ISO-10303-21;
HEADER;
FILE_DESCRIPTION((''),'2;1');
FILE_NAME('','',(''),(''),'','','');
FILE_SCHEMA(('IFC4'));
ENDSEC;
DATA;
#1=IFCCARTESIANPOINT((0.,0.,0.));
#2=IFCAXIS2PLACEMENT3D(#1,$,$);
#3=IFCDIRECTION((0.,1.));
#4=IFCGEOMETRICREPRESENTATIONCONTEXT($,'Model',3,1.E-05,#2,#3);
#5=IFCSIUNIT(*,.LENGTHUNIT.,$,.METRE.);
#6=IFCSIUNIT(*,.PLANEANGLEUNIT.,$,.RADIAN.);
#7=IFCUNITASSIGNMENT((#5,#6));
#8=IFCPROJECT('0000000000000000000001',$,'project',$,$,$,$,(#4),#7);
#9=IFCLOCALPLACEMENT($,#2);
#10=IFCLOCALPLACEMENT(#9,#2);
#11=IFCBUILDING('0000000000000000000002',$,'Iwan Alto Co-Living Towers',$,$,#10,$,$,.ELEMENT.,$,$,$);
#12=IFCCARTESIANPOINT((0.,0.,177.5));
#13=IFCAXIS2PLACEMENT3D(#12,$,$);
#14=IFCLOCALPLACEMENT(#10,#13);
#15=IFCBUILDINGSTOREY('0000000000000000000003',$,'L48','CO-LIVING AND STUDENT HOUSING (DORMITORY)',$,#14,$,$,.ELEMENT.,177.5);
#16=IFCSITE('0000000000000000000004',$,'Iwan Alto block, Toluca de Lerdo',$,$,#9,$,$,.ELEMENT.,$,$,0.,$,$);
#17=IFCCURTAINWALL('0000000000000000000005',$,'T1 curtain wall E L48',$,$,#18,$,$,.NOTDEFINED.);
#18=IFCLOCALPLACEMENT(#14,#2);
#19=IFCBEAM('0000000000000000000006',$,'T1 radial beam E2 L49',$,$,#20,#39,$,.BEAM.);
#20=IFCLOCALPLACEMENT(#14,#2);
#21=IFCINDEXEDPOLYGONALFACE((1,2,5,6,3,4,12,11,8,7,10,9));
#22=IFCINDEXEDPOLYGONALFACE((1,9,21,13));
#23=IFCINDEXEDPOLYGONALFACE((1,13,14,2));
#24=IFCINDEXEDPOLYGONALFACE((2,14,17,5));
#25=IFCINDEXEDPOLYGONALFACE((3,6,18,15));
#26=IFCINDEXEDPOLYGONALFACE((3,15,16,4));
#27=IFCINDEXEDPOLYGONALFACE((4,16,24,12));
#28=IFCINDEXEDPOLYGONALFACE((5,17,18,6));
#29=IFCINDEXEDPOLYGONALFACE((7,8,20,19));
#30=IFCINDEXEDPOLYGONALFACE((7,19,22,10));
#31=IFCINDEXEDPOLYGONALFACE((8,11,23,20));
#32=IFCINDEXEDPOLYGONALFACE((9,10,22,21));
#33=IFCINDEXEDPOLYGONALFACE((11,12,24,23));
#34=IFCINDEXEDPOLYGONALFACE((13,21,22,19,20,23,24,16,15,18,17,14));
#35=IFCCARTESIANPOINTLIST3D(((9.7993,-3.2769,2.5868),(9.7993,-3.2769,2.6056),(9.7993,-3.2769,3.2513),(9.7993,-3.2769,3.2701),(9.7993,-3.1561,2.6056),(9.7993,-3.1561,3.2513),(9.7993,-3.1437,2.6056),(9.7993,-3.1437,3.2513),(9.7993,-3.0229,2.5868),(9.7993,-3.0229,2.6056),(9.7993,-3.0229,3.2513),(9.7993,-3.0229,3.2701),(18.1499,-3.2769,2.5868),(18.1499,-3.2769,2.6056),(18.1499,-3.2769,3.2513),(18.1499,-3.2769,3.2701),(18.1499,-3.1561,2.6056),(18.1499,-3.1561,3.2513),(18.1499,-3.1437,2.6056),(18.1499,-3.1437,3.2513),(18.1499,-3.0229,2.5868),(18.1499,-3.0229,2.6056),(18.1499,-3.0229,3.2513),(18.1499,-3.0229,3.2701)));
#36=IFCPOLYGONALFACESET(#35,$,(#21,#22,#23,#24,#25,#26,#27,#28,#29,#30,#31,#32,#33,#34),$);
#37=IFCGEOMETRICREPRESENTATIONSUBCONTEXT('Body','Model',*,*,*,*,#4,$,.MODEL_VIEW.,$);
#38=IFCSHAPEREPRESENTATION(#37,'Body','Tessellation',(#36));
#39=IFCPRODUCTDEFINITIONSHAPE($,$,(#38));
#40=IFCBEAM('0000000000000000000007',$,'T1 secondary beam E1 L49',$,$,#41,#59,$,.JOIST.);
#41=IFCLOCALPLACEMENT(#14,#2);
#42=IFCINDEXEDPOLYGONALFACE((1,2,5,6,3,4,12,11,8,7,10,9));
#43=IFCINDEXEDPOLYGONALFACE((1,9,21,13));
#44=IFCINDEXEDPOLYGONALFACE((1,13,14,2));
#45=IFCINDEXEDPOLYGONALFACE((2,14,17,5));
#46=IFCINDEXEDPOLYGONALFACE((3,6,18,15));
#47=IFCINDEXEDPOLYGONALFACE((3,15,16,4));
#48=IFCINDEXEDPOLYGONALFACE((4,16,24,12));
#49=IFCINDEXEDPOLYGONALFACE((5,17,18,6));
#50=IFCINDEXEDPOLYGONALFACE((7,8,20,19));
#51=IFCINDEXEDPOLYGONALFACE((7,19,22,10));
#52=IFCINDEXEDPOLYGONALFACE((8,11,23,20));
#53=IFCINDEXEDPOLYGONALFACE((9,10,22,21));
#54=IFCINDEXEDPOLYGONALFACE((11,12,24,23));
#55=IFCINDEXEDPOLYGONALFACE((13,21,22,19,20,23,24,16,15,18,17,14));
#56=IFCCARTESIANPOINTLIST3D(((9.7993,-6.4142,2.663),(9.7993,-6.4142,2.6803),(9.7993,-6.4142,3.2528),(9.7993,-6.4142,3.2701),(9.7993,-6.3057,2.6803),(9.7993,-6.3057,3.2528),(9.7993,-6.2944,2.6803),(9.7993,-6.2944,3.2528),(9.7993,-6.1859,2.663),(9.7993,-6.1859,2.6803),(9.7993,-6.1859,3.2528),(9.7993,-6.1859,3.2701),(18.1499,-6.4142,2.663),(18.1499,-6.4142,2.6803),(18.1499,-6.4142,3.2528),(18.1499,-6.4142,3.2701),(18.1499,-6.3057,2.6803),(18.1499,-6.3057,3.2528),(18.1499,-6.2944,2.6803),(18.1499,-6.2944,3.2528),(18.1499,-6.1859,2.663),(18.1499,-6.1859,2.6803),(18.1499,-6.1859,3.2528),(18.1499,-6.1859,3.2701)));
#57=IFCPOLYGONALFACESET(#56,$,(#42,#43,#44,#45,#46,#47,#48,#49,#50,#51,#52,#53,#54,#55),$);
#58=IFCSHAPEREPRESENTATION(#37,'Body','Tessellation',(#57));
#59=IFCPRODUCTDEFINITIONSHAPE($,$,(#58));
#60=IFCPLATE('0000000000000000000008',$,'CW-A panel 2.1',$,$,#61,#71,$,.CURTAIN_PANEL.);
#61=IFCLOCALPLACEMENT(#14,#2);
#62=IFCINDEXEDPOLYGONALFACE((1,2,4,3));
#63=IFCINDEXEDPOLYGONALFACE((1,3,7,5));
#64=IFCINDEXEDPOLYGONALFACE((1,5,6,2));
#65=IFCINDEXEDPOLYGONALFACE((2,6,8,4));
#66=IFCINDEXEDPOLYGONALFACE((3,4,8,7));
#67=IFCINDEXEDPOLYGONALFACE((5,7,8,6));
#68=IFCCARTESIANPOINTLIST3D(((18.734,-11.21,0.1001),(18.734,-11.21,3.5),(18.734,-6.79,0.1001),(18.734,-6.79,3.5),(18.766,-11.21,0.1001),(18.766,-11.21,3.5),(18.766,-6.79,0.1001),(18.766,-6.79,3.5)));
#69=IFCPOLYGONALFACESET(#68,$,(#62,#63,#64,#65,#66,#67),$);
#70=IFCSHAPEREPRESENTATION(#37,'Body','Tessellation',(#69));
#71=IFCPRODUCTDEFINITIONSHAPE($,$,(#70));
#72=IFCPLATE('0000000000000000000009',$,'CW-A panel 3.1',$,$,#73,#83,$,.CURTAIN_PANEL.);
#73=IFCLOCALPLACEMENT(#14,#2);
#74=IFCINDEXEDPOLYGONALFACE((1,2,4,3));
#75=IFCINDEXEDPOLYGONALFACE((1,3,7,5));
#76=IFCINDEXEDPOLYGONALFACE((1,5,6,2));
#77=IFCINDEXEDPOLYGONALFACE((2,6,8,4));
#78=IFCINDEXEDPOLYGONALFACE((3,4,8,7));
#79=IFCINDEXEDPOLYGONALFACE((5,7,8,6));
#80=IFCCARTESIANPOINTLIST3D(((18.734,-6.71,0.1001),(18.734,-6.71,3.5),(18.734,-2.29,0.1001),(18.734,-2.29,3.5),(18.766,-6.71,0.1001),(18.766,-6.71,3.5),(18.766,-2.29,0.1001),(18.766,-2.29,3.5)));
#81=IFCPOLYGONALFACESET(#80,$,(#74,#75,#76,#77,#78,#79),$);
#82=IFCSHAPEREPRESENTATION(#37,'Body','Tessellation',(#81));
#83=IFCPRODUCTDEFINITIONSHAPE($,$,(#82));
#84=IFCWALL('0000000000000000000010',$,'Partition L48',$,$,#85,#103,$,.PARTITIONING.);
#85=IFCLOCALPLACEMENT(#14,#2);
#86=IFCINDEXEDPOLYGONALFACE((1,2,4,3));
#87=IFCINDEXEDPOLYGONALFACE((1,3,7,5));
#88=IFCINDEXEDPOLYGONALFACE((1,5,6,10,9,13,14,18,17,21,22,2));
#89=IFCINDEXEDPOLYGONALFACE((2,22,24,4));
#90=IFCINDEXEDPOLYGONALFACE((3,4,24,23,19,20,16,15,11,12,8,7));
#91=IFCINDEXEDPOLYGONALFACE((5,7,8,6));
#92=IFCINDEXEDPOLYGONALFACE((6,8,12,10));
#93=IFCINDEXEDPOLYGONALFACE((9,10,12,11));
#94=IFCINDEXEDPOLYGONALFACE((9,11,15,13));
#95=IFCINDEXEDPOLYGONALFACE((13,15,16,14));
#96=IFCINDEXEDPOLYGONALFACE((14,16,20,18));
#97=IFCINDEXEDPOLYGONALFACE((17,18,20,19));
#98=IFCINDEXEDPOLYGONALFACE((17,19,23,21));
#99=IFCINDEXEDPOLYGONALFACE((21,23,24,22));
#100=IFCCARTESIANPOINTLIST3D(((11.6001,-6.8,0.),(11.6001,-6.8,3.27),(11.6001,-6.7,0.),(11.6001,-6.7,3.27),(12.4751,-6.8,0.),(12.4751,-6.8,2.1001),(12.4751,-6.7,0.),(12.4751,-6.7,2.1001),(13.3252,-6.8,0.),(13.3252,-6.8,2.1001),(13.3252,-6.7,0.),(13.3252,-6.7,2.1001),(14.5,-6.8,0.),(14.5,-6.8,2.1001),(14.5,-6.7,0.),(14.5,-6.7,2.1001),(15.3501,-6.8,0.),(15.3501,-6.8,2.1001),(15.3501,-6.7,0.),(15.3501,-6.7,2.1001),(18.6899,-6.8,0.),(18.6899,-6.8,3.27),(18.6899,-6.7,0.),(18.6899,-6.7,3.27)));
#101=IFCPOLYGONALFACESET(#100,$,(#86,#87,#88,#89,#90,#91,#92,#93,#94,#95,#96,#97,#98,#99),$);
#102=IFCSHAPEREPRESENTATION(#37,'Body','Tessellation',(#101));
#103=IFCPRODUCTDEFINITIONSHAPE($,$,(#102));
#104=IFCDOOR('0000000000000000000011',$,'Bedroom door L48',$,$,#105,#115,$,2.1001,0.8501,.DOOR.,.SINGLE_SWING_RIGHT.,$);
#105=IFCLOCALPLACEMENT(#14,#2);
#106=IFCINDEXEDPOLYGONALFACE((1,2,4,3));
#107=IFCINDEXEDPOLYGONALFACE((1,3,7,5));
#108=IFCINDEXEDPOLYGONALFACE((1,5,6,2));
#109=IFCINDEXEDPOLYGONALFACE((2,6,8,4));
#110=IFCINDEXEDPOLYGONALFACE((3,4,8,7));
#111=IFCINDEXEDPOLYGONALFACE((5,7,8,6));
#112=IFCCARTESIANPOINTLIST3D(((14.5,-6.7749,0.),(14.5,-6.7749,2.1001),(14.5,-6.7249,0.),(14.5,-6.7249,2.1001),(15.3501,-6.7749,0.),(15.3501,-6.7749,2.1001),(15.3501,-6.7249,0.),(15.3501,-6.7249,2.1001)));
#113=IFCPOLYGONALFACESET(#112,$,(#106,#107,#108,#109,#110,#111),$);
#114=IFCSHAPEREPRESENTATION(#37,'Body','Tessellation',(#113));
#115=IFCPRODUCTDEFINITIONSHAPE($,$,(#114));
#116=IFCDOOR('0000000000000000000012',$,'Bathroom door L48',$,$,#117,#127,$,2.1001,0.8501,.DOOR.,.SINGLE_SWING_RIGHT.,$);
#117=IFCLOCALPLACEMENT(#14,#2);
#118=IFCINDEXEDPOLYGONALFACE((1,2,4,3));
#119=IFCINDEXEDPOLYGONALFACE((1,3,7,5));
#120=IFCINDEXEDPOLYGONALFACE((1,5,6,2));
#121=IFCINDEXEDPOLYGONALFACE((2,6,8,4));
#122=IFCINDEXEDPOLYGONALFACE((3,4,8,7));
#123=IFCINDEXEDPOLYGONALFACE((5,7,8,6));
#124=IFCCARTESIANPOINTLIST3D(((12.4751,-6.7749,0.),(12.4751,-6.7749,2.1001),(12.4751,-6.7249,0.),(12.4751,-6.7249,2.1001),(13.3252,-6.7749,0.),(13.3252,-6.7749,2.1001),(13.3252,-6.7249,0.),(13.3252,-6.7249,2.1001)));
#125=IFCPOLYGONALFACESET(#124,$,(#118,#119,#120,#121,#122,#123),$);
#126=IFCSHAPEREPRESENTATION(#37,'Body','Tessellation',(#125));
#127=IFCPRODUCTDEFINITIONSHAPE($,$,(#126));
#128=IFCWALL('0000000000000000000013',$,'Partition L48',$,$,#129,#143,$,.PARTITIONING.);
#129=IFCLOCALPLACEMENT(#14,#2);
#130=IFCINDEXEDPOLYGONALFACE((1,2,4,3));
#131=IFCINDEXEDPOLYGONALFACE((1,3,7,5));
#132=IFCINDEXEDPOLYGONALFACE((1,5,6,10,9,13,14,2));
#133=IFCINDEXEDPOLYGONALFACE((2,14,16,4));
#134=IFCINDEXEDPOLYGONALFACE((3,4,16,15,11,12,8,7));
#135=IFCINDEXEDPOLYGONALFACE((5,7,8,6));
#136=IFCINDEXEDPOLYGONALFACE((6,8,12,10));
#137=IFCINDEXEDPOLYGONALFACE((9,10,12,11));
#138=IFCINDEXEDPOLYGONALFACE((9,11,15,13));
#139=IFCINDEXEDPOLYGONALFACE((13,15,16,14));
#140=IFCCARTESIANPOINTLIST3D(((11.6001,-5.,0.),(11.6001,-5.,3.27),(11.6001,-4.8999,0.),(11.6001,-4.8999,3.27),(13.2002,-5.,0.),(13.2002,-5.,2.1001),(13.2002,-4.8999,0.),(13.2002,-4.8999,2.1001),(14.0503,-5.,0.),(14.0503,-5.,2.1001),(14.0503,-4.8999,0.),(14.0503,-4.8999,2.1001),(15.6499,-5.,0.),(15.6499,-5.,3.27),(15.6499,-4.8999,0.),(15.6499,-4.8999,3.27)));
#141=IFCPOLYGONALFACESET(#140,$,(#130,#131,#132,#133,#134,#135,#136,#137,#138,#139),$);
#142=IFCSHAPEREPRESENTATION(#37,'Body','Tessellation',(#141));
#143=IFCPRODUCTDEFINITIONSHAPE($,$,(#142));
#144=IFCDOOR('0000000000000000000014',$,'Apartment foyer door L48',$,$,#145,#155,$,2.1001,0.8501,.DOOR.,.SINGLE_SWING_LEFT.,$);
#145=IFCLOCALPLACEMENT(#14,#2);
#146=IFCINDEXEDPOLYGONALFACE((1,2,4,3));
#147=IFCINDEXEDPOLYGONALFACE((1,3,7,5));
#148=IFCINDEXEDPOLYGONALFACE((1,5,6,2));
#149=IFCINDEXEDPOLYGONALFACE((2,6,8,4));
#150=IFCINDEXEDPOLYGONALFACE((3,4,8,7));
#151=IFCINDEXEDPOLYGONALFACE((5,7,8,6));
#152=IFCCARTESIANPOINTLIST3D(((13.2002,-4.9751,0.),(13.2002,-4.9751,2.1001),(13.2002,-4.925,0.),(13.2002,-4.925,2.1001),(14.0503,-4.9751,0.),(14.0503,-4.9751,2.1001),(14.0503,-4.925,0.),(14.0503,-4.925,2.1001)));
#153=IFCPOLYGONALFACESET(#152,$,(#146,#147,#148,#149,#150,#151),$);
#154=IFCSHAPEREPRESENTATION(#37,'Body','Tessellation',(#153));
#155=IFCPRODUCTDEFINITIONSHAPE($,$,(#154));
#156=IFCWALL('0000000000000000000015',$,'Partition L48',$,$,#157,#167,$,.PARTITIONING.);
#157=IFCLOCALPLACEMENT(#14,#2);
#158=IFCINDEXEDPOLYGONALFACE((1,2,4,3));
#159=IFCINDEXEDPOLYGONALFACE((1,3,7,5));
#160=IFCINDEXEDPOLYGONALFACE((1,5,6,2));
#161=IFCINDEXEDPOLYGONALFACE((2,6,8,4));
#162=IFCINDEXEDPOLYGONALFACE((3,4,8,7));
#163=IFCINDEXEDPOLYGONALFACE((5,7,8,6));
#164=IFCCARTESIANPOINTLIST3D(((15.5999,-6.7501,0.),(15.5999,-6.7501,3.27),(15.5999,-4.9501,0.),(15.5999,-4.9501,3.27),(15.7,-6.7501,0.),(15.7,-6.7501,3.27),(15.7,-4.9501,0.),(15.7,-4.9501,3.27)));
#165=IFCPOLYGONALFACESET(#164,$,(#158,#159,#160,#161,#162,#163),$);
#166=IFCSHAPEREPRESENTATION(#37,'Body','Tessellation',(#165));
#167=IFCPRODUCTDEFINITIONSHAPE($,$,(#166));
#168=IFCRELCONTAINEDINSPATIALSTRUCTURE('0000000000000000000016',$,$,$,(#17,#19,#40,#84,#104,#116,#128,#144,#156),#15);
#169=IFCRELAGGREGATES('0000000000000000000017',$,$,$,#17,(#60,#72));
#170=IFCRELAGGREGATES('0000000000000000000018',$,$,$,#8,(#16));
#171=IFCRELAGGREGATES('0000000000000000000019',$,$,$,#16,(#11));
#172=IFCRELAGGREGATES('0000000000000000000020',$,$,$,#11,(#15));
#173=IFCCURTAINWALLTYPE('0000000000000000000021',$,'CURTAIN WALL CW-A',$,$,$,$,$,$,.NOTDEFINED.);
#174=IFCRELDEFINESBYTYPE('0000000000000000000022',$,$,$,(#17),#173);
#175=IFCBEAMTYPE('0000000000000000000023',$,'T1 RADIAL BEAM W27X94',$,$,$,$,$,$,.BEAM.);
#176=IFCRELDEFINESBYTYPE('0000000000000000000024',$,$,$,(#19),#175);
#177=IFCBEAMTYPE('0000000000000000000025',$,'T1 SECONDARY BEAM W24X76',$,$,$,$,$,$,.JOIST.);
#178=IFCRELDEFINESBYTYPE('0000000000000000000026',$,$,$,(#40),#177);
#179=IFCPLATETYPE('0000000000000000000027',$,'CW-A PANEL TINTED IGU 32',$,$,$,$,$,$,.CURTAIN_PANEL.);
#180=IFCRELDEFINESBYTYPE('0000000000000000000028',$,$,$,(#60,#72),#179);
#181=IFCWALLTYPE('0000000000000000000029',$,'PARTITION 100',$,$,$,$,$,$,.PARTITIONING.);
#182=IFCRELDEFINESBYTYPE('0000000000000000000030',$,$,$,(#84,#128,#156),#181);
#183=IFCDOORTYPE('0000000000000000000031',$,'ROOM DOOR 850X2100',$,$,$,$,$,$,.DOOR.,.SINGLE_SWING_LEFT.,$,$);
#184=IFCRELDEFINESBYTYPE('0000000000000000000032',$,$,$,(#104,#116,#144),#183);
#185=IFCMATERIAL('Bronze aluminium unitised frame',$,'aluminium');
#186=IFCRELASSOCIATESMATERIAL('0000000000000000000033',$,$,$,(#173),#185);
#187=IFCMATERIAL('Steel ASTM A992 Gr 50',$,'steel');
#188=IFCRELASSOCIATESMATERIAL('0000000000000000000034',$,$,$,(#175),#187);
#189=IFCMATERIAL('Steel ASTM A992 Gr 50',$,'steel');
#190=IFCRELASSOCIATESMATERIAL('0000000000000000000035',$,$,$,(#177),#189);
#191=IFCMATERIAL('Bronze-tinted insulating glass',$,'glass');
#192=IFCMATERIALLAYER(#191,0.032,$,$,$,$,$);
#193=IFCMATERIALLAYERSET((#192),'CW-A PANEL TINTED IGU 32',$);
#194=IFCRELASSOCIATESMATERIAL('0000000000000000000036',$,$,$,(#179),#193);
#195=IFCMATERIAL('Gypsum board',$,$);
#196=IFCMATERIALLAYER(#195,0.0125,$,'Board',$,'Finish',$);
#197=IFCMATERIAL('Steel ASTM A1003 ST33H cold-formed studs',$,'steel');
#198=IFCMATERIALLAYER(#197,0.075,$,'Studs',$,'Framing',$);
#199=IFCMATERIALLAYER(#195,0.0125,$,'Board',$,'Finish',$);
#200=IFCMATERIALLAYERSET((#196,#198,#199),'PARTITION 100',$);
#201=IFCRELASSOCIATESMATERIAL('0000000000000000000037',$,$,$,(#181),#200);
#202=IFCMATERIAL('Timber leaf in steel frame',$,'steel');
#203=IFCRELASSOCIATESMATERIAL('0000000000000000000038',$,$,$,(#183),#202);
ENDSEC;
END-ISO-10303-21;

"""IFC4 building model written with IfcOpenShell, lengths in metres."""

from ifc_helpers import new_model, si_unit, direction, frame, frame_2d, origin, origin_2d, place, context, subcontext, project, spatial, rectangle, i_section, extrude, material, layer, layer_set, material_profile, profile_set, type_object, element, fill, aggregate, save


model = new_model("IFC4")

# Units and contexts
model_context = context("Model", 3, precision=1e-05, world=origin(), true_north=direction((0.0, 1.0)))
body_context = subcontext(model_context, "Body", "Model", "MODEL_VIEW")
ifc_project = project(units=[si_unit("LENGTHUNIT", "METRE"), si_unit("PLANEANGLEUNIT", "RADIAN")], contexts=[model_context])

# Site, building, storey
site_placement = place(None, origin())
site = spatial("IfcSite", under=ifc_project, at=site_placement, Name="Iwan Alto block, Toluca de Lerdo", CompositionType="ELEMENT", RefElevation=0.0)
building_placement = place(site_placement, origin())
building = spatial("IfcBuilding", under=site, at=building_placement, Name="Iwan Alto Co-Living Towers", CompositionType="ELEMENT")
storey_placement = place(building_placement, frame((0.0, 0.0, 177.5)))
storey = spatial("IfcBuildingStorey", under=building, at=storey_placement, Name="L48", Description="CO-LIVING AND STUDENT HOUSING (DORMITORY)", CompositionType="ELEMENT", Elevation=177.5)

# Curtain wall
ifc_material_1 = material(Name="Bronze aluminium unitised frame", Category="aluminium")
curtain_wall_type = type_object("IfcCurtainWallType", Name="CURTAIN WALL CW-A", PredefinedType="NOTDEFINED", material=ifc_material_1)
curtain_wall_placement = place(storey_placement, origin())
curtain_wall = element("IfcCurtainWall", 1, at=curtain_wall_placement, inside=storey, type_object=curtain_wall_type, Name="T1 curtain wall E L48", PredefinedType="NOTDEFINED")

# Beams
ifc_material_2 = material(Name="Steel ASTM A992 Gr 50", Category="steel")
ifc_material_profile_1 = material_profile(ifc_material_2, i_section(OverallWidth=0.2539, OverallDepth=0.6833, WebThickness=0.0125, FlangeThickness=0.0188, at=origin_2d()), Name="W27X94")
ifc_profile_set_1 = profile_set([ifc_material_profile_1], Name="Steel ASTM A992 Gr 50")
beam_type_1 = type_object("IfcBeamType", Name="T1 RADIAL BEAM W27X94", PredefinedType="BEAM", material=ifc_profile_set_1)
for number, where, z_axis, x_axis, name in (
    (2, (18.1499, -3.1499, 2.9285), (-1.0, 0.0, 0.0), (0.0, -1.0, 0.0), "T1 radial beam E2 L49"),
):
    element("IfcBeam", number, at=place(storey_placement, frame(where, z_axis=z_axis, x_axis=x_axis)), inside=storey, type_object=beam_type_1, Name=name, PredefinedType="BEAM", context=body_context, shape_type="SweptSolid", body=[
        extrude(i_section(OverallWidth=0.2539, OverallDepth=0.6833, WebThickness=0.0125, FlangeThickness=0.0188, at=origin_2d()), origin(), (0.0, 0.0, 1.0), 8.3506),
    ])
ifc_material_3 = material(Name="Steel ASTM A992 Gr 50", Category="steel")
ifc_material_profile_2 = material_profile(ifc_material_3, i_section(OverallWidth=0.2283, OverallDepth=0.6072, WebThickness=0.0112, FlangeThickness=0.0173, at=origin_2d()), Name="W24X76")
ifc_profile_set_2 = profile_set([ifc_material_profile_2], Name="Steel ASTM A992 Gr 50")
beam_type_2 = type_object("IfcBeamType", Name="T1 SECONDARY BEAM W24X76", PredefinedType="JOIST", material=ifc_profile_set_2)
beam_1_placement = place(storey_placement, frame((18.1499, -6.3, 2.9666), z_axis=(-1.0, 0.0, 0.0), x_axis=(0.0, -1.0, 0.0)))
element("IfcBeam", 3, at=beam_1_placement, inside=storey, type_object=beam_type_2, Name="T1 secondary beam E1 L49", PredefinedType="JOIST", context=body_context, shape_type="SweptSolid", body=[
    extrude(i_section(OverallWidth=0.2283, OverallDepth=0.6072, WebThickness=0.0112, FlangeThickness=0.0173, at=origin_2d()), origin(), (0.0, 0.0, 1.0), 8.3506),
])

# Plates
ifc_material_4 = material(Name="Bronze-tinted insulating glass", Category="glass")
ifc_layer_1 = layer(ifc_material_4, 0.032)
ifc_layer_set_1 = layer_set([ifc_layer_1], Name="CW-A PANEL TINTED IGU 32")
plate_type = type_object("IfcPlateType", Name="CW-A PANEL TINTED IGU 32", PredefinedType="CURTAIN_PANEL", material=ifc_layer_set_1)
plate_1_placement = place(storey_placement, frame((18.75, -9.0, 0.1001), z_axis=(0.0, 0.0, 1.0), x_axis=(0.0, 1.0, 0.0)))
plate_1 = element("IfcPlate", 4, at=plate_1_placement, type_object=plate_type, Name="CW-A panel 2.1", PredefinedType="CURTAIN_PANEL", context=body_context, shape_type="SweptSolid", body=[
    extrude(rectangle(XDim=4.4199, YDim=0.032, at=origin_2d()), origin(), (0.0, 0.0, 1.0), 3.3999),
])
plate_2_placement = place(storey_placement, frame((18.75, -4.5, 0.1001), z_axis=(0.0, 0.0, 1.0), x_axis=(0.0, 1.0, 0.0)))
plate_2 = element("IfcPlate", 5, at=plate_2_placement, type_object=plate_type, Name="CW-A panel 3.1", PredefinedType="CURTAIN_PANEL", context=body_context, shape_type="SweptSolid", body=[
    extrude(rectangle(XDim=4.4199, YDim=0.032, at=origin_2d()), origin(), (0.0, 0.0, 1.0), 3.3999),
])
aggregate(curtain_wall, [plate_1, plate_2])

# Wall, openings, doors
ifc_material_5 = material(Name="Gypsum board")
ifc_layer_2 = layer(ifc_material_5, 0.0125, Name="Board", Category="Finish")
ifc_material_6 = material(Name="Steel ASTM A1003 ST33H cold-formed studs", Category="steel")
ifc_layer_3 = layer(ifc_material_6, 0.075, Name="Studs", Category="Framing")
ifc_layer_4 = layer(ifc_material_5, 0.0125, Name="Board", Category="Finish")
ifc_layer_set_2 = layer_set([ifc_layer_2, ifc_layer_3, ifc_layer_4], Name="PARTITION 100")
wall_type_1 = type_object("IfcWallType", Name="PARTITION 100", PredefinedType="PARTITIONING", material=ifc_layer_set_2)
wall_1_placement = place(storey_placement, frame((11.6001, -6.75, 0.0), z_axis=(0.0, 0.0, 1.0), x_axis=(1.0, 0.0, 0.0)))
wall_1 = element("IfcWall", 6, at=wall_1_placement, inside=storey, type_object=wall_type_1, Name="Partition L48", PredefinedType="PARTITIONING", context=body_context, shape_type="SweptSolid", body=[
    extrude(rectangle(XDim=7.0898, YDim=0.1001, at=frame_2d((3.5449, 0.0))), origin(), (0.0, 0.0, 1.0), 3.27),
])
opening_1_placement = place(wall_1_placement, frame((2.8999, 0.0, 0.0)))
opening_1 = element("IfcOpeningElement", 7, at=opening_1_placement, cuts=wall_1, PredefinedType="OPENING", context=body_context, shape_type="SweptSolid", body=[
    extrude(rectangle(XDim=0.8501, YDim=2.1001, at=frame_2d((0.425, 1.05))), frame((0.0, 0.0601, 0.0), z_axis=(0.0, -1.0, 0.0), x_axis=(1.0, 0.0, 0.0)), (0.0, 0.0, 1.0), 0.1201),
])
opening_2_placement = place(wall_1_placement, frame((0.875, 0.0, 0.0)))
opening_2 = element("IfcOpeningElement", 8, at=opening_2_placement, cuts=wall_1, PredefinedType="OPENING", context=body_context, shape_type="SweptSolid", body=[
    extrude(rectangle(XDim=0.8501, YDim=2.1001, at=frame_2d((0.425, 1.05))), frame((0.0, 0.0601, 0.0), z_axis=(0.0, -1.0, 0.0), x_axis=(1.0, 0.0, 0.0)), (0.0, 0.0, 1.0), 0.1201),
])
ifc_material_7 = material(Name="Timber leaf in steel frame", Category="steel")
door_type = type_object("IfcDoorType", Name="ROOM DOOR 850X2100", OperationType="SINGLE_SWING_LEFT", PredefinedType="DOOR", material=ifc_material_7)
door_1_placement = place(opening_1_placement, frame((0.8501, 0.0, 0.0), z_axis=(0.0, 0.0, 1.0), x_axis=(-1.0, 0.0, 0.0)))
door_1 = element("IfcDoor", 9, at=door_1_placement, inside=storey, type_object=door_type, Name="Bedroom door L48", OperationType="SINGLE_SWING_RIGHT", OverallHeight=2.1001, OverallWidth=0.8501, PredefinedType="DOOR", context=body_context, shape_type="SweptSolid", body=[
    extrude(rectangle(XDim=0.8501, YDim=2.1001, at=frame_2d((0.425, 1.05))), frame((0.0, 0.0249, 0.0), z_axis=(0.0, -1.0, 0.0), x_axis=(1.0, 0.0, 0.0)), (0.0, 0.0, 1.0), 0.05),
])
fill(opening_1, door_1)
door_2_placement = place(opening_2_placement, frame((0.8501, 0.0, 0.0), z_axis=(0.0, 0.0, 1.0), x_axis=(-1.0, 0.0, 0.0)))
door_2 = element("IfcDoor", 10, at=door_2_placement, inside=storey, type_object=door_type, Name="Bathroom door L48", OperationType="SINGLE_SWING_RIGHT", OverallHeight=2.1001, OverallWidth=0.8501, PredefinedType="DOOR", context=body_context, shape_type="SweptSolid", body=[
    extrude(rectangle(XDim=0.8501, YDim=2.1001, at=frame_2d((0.425, 1.05))), frame((0.0, 0.0249, 0.0), z_axis=(0.0, -1.0, 0.0), x_axis=(1.0, 0.0, 0.0)), (0.0, 0.0, 1.0), 0.05),
])
fill(opening_2, door_2)

# Wall, opening, door
wall_2_placement = place(storey_placement, frame((11.6001, -4.95, 0.0), z_axis=(0.0, 0.0, 1.0), x_axis=(1.0, 0.0, 0.0)))
wall_2 = element("IfcWall", 11, at=wall_2_placement, inside=storey, type_object=wall_type_1, Name="Partition L48", PredefinedType="PARTITIONING", context=body_context, shape_type="SweptSolid", body=[
    extrude(rectangle(XDim=4.0498, YDim=0.1001, at=frame_2d((2.0249, 0.0))), origin(), (0.0, 0.0, 1.0), 3.27),
])
opening_3_placement = place(wall_2_placement, frame((1.6001, 0.0, 0.0)))
opening_3 = element("IfcOpeningElement", 12, at=opening_3_placement, cuts=wall_2, PredefinedType="OPENING", context=body_context, shape_type="SweptSolid", body=[
    extrude(rectangle(XDim=0.8501, YDim=2.1001, at=frame_2d((0.425, 1.05))), frame((0.0, 0.0601, 0.0), z_axis=(0.0, -1.0, 0.0), x_axis=(1.0, 0.0, 0.0)), (0.0, 0.0, 1.0), 0.1201),
])
door_3_placement = place(opening_3_placement, origin())
door_3 = element("IfcDoor", 13, at=door_3_placement, inside=storey, type_object=door_type, Name="Apartment foyer door L48", OperationType="SINGLE_SWING_LEFT", OverallHeight=2.1001, OverallWidth=0.8501, PredefinedType="DOOR", context=body_context, shape_type="SweptSolid", body=[
    extrude(rectangle(XDim=0.8501, YDim=2.1001, at=frame_2d((0.425, 1.05))), frame((0.0, 0.0249, 0.0), z_axis=(0.0, -1.0, 0.0), x_axis=(1.0, 0.0, 0.0)), (0.0, 0.0, 1.0), 0.05),
])
fill(opening_3, door_3)

# Wall
wall_3_placement = place(storey_placement, frame((15.6499, -6.75, 0.0), z_axis=(0.0, 0.0, 1.0), x_axis=(0.0, 1.0, 0.0)))
element("IfcWall", 14, at=wall_3_placement, inside=storey, type_object=wall_type_1, Name="Partition L48", PredefinedType="PARTITIONING", context=body_context, shape_type="SweptSolid", body=[
    extrude(rectangle(XDim=1.8, YDim=0.1001, at=frame_2d((0.8999, 0.0))), origin(), (0.0, 0.0, 1.0), 3.27),
])

save(model, "model.ifc")
